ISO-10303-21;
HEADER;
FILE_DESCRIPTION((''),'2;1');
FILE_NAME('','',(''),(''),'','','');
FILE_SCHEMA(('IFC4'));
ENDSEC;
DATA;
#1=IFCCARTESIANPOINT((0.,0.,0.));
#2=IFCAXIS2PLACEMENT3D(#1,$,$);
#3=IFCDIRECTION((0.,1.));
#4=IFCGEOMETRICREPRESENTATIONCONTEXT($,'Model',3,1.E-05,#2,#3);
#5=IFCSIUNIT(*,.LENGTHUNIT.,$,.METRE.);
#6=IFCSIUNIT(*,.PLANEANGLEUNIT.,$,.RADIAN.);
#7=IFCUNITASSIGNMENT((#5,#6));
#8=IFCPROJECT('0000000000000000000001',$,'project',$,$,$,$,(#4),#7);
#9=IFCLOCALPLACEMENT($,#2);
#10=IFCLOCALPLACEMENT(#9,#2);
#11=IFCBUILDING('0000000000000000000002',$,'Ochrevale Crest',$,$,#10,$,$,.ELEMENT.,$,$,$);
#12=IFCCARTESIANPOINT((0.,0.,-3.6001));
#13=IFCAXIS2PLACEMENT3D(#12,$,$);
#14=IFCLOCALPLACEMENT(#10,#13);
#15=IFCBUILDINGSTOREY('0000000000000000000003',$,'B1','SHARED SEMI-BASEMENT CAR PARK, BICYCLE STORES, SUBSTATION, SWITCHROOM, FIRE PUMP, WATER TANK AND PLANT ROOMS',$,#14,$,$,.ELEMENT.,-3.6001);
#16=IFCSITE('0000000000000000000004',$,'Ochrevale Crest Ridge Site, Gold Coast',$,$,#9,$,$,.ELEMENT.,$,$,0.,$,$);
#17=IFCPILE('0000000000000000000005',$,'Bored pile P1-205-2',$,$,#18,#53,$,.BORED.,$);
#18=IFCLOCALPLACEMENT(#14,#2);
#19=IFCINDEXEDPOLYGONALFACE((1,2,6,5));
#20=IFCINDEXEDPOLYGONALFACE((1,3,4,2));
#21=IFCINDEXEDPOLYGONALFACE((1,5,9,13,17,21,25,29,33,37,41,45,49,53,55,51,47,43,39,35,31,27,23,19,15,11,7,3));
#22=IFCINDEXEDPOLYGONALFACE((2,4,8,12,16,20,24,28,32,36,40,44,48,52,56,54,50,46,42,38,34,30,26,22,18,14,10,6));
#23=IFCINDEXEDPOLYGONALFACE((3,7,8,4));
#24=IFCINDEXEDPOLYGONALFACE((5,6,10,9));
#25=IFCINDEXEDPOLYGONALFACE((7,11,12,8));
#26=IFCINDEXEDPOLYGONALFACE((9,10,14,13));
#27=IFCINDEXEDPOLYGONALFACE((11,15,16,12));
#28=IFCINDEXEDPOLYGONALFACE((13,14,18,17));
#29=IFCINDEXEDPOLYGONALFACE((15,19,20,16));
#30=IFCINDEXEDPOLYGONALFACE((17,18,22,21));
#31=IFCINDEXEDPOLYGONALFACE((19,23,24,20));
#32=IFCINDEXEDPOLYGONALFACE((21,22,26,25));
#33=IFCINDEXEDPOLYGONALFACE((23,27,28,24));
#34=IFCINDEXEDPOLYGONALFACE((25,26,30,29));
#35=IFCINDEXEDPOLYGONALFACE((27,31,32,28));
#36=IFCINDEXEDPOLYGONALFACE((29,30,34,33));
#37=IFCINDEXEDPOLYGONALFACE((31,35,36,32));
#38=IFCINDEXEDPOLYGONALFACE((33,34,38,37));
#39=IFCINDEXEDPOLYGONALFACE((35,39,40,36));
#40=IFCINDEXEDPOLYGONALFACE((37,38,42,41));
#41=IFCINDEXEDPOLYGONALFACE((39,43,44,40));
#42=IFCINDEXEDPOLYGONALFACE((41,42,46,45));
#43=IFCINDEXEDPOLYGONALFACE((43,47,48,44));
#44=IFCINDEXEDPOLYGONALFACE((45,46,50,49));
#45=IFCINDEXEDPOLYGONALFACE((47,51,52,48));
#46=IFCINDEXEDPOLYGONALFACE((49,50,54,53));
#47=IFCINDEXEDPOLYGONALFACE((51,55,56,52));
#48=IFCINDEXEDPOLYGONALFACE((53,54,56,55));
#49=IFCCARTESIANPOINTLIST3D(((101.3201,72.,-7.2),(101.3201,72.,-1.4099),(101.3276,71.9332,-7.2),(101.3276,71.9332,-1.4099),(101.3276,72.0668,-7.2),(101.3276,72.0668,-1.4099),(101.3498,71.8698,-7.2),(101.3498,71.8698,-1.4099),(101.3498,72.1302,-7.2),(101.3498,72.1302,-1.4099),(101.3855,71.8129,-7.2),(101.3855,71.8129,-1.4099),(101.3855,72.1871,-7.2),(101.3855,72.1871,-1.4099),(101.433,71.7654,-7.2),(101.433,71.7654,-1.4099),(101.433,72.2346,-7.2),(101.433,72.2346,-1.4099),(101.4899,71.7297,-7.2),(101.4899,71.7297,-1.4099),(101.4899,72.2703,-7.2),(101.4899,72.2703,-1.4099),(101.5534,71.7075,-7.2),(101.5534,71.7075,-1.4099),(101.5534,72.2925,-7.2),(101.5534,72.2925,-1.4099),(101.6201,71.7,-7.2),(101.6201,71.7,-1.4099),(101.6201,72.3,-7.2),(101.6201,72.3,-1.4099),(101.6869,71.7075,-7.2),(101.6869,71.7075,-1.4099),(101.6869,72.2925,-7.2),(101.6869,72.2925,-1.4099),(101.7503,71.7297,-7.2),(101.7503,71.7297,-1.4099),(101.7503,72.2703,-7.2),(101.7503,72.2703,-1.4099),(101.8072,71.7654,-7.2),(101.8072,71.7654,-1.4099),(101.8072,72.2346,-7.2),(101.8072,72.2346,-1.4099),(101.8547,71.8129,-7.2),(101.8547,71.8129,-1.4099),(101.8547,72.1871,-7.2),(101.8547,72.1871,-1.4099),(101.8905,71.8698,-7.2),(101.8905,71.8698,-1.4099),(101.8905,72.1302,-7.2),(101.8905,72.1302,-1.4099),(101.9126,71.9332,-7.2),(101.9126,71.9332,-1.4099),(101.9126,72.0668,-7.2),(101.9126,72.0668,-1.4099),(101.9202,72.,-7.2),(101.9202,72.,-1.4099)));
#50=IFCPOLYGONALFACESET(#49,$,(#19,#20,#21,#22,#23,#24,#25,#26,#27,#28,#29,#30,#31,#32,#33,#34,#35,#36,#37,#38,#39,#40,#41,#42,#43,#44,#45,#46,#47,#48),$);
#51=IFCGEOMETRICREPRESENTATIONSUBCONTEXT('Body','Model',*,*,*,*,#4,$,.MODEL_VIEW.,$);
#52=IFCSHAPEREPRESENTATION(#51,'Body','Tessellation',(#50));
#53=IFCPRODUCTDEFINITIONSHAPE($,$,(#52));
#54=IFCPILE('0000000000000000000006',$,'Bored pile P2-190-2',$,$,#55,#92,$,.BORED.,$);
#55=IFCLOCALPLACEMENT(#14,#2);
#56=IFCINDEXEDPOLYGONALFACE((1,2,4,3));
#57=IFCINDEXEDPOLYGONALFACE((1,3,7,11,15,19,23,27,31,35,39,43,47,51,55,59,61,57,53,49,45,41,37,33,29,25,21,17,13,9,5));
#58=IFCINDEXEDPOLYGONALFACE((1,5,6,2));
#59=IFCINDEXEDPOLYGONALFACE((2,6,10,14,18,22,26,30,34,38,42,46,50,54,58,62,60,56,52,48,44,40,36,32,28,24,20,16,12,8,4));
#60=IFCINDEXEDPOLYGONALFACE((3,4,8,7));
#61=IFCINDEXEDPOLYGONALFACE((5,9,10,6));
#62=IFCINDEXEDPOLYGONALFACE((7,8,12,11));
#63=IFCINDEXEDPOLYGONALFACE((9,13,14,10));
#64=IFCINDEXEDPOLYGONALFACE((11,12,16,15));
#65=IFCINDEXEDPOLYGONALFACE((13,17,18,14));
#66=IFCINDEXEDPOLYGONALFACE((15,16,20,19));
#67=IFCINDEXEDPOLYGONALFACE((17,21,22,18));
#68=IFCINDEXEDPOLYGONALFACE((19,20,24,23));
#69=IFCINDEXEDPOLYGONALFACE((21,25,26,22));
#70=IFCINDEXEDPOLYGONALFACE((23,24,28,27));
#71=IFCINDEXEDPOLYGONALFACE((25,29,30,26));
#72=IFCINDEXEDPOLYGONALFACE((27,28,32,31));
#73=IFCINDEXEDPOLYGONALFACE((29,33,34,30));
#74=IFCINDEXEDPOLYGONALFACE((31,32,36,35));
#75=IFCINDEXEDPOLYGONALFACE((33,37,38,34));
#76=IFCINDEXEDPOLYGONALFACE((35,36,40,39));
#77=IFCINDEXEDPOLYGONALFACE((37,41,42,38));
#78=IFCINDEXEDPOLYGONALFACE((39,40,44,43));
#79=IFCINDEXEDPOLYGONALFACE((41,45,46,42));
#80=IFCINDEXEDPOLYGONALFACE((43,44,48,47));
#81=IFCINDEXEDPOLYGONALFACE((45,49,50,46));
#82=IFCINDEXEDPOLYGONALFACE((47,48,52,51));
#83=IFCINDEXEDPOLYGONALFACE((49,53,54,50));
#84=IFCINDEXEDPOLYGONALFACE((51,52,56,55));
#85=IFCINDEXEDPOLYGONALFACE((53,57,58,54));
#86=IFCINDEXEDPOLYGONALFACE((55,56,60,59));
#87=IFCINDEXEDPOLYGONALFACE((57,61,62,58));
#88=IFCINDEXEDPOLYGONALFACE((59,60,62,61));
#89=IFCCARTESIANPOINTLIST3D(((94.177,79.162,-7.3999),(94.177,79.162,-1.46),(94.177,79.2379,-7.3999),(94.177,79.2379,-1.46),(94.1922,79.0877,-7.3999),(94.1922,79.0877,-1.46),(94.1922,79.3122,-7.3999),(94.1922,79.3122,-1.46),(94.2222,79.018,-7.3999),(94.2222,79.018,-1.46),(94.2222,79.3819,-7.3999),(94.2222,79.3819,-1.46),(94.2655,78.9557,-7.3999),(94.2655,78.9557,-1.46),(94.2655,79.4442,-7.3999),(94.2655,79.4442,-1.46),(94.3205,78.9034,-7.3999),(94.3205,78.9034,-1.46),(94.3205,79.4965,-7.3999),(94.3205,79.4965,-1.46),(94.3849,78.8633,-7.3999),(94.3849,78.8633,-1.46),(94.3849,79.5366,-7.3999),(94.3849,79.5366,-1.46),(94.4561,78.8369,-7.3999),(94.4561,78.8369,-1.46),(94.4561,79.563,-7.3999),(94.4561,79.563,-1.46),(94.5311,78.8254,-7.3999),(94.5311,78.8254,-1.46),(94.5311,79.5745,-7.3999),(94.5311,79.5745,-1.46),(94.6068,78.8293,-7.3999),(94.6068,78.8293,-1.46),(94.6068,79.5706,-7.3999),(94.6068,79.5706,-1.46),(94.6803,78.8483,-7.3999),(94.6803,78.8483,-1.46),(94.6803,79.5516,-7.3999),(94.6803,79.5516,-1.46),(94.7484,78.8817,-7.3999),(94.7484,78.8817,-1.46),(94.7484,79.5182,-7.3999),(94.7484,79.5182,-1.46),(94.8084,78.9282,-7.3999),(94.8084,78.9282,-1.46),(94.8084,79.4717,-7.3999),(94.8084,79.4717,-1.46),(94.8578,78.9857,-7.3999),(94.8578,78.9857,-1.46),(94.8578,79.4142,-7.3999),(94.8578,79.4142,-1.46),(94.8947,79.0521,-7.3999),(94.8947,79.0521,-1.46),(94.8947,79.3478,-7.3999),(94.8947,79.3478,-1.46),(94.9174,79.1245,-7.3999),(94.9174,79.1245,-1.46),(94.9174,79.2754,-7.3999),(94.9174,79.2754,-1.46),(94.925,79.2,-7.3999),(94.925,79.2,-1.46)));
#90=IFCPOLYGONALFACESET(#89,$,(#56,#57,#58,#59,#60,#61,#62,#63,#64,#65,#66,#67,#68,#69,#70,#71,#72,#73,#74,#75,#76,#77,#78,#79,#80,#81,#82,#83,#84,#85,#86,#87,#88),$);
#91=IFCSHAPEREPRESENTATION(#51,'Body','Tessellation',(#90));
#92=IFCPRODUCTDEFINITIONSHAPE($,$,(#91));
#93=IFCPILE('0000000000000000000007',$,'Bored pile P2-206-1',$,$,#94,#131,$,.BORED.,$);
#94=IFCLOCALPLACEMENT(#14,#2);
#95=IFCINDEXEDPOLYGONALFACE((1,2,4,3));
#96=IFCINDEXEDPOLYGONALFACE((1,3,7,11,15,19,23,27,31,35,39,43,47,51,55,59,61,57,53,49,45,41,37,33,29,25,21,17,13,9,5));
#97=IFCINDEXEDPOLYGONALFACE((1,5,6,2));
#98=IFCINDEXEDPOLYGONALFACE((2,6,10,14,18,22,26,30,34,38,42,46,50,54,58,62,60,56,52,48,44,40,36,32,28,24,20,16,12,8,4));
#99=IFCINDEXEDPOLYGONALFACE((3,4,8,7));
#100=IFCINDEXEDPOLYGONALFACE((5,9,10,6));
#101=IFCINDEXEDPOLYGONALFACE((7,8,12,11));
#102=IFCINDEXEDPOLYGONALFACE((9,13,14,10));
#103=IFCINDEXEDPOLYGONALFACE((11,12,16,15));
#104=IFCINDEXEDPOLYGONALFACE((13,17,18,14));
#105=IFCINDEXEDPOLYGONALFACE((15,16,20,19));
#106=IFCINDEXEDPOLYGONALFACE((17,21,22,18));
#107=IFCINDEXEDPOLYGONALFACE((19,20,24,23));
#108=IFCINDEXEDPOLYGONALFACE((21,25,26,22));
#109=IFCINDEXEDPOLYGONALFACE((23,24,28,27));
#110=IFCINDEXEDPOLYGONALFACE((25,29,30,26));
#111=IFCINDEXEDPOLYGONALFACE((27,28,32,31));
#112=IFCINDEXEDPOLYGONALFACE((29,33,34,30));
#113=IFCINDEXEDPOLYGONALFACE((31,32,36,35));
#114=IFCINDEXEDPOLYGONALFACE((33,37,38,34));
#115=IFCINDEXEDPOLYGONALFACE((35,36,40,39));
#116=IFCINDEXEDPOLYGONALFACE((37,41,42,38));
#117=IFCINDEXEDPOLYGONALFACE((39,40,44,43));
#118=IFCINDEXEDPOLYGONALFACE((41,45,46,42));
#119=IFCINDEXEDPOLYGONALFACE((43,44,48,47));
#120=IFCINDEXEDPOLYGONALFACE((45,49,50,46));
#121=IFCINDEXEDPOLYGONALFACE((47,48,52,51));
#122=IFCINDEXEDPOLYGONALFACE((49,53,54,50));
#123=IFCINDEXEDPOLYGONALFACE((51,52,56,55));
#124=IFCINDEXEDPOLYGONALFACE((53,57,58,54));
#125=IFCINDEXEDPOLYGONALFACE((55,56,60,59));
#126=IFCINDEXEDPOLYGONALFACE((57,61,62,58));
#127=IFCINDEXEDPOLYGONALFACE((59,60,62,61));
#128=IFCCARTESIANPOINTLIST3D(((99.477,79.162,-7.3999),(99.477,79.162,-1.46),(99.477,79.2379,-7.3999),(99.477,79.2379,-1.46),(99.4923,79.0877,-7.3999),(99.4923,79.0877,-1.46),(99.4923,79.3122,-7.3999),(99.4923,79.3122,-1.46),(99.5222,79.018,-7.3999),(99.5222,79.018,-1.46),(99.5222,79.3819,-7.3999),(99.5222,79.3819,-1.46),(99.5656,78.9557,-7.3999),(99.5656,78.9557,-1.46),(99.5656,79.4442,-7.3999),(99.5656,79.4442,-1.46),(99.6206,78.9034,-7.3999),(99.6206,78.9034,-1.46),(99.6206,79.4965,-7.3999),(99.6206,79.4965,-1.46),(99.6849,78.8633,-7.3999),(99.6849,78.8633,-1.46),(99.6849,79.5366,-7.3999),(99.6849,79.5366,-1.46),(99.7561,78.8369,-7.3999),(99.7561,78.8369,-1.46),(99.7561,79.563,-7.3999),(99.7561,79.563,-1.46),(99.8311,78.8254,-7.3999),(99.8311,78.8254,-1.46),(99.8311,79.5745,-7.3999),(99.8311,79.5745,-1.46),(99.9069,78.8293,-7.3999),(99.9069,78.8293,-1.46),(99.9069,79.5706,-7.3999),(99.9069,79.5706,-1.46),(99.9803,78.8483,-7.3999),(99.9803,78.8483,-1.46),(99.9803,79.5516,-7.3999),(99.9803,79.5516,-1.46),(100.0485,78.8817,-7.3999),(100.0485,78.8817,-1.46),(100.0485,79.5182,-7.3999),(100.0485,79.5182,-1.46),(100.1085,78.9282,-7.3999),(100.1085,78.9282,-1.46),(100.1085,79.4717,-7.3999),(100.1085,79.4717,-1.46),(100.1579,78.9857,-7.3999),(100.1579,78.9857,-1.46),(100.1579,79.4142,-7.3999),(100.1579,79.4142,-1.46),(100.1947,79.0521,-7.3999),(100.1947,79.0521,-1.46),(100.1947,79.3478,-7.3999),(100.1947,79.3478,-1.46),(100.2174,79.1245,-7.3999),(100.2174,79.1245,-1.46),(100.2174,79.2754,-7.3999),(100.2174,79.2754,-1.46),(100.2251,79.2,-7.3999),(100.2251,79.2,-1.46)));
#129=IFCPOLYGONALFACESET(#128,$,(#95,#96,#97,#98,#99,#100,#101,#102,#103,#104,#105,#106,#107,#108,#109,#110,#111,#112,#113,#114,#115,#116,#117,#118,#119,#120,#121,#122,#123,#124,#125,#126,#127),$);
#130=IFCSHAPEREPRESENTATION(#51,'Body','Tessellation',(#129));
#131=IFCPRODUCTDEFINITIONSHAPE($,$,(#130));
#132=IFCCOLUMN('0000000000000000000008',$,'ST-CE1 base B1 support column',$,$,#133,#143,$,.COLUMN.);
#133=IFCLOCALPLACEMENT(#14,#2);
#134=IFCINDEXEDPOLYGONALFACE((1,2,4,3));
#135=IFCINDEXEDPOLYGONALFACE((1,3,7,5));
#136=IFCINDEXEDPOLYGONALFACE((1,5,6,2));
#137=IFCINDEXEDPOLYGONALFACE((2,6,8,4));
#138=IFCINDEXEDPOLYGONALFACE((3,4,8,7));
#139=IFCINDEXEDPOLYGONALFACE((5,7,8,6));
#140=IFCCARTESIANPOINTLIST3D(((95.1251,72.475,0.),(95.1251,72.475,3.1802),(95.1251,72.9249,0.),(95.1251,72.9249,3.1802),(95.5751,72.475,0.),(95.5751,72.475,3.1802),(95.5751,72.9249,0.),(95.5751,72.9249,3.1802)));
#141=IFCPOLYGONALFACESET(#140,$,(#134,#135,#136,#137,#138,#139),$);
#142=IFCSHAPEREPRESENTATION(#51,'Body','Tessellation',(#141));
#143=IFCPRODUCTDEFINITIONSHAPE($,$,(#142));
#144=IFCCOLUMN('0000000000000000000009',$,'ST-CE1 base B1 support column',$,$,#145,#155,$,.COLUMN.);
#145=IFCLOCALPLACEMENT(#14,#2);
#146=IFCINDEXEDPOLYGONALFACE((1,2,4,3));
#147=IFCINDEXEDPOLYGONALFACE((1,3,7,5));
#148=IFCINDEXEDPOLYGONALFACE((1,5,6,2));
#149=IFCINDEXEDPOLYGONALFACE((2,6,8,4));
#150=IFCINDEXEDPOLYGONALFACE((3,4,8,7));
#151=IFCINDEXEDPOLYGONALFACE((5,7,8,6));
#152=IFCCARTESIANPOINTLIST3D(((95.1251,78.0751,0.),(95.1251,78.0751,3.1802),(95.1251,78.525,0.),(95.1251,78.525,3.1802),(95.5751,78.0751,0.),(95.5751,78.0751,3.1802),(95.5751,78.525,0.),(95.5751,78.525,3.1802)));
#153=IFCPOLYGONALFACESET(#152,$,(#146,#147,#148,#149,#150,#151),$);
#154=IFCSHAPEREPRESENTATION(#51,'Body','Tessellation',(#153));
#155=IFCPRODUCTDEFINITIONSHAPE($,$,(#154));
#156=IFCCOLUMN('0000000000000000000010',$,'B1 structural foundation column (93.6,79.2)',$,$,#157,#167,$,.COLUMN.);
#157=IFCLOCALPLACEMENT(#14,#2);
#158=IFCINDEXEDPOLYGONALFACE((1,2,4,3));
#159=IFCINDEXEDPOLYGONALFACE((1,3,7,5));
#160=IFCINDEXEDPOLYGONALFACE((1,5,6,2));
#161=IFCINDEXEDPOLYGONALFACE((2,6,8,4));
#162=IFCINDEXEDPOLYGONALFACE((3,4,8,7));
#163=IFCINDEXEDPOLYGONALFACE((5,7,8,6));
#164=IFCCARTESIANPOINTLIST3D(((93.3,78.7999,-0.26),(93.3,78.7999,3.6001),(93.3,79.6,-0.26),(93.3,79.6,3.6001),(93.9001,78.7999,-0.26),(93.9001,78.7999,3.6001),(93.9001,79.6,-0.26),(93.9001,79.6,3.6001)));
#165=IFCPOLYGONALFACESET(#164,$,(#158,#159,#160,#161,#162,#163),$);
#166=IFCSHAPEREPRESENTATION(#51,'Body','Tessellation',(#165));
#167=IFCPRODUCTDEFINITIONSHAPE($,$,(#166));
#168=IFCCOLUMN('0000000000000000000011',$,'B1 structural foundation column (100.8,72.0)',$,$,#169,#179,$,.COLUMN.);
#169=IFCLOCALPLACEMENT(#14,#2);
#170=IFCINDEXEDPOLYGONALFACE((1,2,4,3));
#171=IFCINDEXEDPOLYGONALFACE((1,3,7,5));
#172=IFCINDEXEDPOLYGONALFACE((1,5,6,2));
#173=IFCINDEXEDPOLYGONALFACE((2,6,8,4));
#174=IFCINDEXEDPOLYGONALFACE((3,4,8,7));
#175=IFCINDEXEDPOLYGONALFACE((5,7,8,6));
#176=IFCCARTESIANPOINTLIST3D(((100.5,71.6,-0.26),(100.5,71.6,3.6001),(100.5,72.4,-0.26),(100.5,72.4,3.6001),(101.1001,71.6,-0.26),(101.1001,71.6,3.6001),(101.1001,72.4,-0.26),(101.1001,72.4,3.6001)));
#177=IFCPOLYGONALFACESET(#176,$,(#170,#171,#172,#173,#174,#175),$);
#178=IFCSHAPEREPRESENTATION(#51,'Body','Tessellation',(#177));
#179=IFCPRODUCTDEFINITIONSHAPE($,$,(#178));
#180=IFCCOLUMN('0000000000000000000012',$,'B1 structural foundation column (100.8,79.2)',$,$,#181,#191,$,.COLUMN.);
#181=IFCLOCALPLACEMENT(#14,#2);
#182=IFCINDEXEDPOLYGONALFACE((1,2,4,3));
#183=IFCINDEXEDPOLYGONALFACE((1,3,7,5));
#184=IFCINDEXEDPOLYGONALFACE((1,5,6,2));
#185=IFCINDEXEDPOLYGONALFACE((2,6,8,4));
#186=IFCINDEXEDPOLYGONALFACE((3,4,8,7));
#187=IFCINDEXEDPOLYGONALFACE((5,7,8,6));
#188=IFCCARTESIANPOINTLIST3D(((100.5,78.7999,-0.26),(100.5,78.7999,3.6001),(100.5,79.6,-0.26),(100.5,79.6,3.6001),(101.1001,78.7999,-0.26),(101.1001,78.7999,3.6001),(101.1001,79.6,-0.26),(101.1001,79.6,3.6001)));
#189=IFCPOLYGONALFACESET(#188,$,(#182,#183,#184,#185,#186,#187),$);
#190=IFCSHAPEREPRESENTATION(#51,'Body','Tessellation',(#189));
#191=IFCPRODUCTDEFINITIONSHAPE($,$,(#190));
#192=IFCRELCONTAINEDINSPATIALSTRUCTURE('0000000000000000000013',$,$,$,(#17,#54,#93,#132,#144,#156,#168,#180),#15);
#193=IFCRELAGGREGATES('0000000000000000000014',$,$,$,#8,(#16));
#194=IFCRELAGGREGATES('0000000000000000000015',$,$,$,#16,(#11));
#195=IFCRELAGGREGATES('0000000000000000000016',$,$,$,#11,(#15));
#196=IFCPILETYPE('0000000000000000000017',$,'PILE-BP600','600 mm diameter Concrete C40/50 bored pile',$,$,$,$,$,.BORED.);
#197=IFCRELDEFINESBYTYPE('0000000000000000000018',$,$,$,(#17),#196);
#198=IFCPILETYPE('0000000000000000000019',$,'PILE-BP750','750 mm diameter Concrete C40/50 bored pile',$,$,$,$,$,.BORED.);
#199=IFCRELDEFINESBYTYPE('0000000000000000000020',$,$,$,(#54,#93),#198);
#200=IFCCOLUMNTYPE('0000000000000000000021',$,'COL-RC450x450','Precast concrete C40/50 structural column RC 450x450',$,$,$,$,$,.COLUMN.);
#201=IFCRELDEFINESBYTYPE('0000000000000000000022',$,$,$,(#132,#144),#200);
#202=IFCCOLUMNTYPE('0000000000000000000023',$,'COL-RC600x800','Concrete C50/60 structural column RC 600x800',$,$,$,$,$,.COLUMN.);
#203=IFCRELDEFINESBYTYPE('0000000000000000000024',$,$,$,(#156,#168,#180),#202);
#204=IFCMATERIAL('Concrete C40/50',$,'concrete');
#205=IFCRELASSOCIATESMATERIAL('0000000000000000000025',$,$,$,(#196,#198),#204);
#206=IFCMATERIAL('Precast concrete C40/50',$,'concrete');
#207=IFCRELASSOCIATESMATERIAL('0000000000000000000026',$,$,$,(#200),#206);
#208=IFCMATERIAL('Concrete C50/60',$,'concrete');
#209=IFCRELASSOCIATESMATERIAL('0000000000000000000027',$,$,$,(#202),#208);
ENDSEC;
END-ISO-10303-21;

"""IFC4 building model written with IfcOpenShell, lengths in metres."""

from ifc_helpers import new_model, si_unit, direction, frame, origin, origin_2d, place, context, subcontext, project, spatial, rectangle, circle, extrude, material, material_profile, profile_set, type_object, element, save


model = new_model("IFC4")

# Units and contexts
model_context = context("Model", 3, precision=1e-05, world=origin(), true_north=direction((0.0, 1.0)))
body_context = subcontext(model_context, "Body", "Model", "MODEL_VIEW")
ifc_project = project(units=[si_unit("LENGTHUNIT", "METRE"), si_unit("PLANEANGLEUNIT", "RADIAN")], contexts=[model_context])

# Site, building, storey
site_placement = place(None, origin())
site = spatial("IfcSite", under=ifc_project, at=site_placement, Name="Ochrevale Crest Ridge Site, Gold Coast", CompositionType="ELEMENT", RefElevation=0.0)
building_placement = place(site_placement, origin())
building = spatial("IfcBuilding", under=site, at=building_placement, Name="Ochrevale Crest", CompositionType="ELEMENT")
storey_placement = place(building_placement, frame((0.0, 0.0, -3.6001)))
storey = spatial("IfcBuildingStorey", under=building, at=storey_placement, Name="B1", Description="SHARED SEMI-BASEMENT CAR PARK, BICYCLE STORES, SUBSTATION, SWITCHROOM, FIRE PUMP, WATER TANK AND PLANT ROOMS", CompositionType="ELEMENT", Elevation=-3.6001)

# Shared definitions
ifc_material_1 = material(Name="Concrete C40/50", Category="concrete")

# Piles
ifc_material_profile_1 = material_profile(ifc_material_1, circle(Radius=0.3, at=origin_2d()), Name="BORED PILE 600")
ifc_profile_set_1 = profile_set([ifc_material_profile_1], Name="Concrete C40/50")
pile_type_1 = type_object("IfcPileType", Name="PILE-BP600", Description="600 mm diameter Concrete C40/50 bored pile", PredefinedType="BORED", material=ifc_profile_set_1)
for number, where, z_axis, x_axis, name in (
    (1, (101.6201, 72.0, -1.4099), (0.0, 0.0, -1.0), (1.0, 0.0, 0.0), "Bored pile P1-205-2"),
):
    element("IfcPile", number, at=place(storey_placement, frame(where, z_axis=z_axis, x_axis=x_axis)), inside=storey, type_object=pile_type_1, Name=name, PredefinedType="BORED", context=body_context, shape_type="SweptSolid", body=[
        extrude(circle(Radius=0.3, at=origin_2d()), origin(), (0.0, 0.0, 1.0), 5.79),
    ])
ifc_material_profile_2 = material_profile(ifc_material_1, circle(Radius=0.375, at=origin_2d()), Name="BORED PILE 750")
ifc_profile_set_2 = profile_set([ifc_material_profile_2], Name="Concrete C40/50")
pile_type_2 = type_object("IfcPileType", Name="PILE-BP750", Description="750 mm diameter Concrete C40/50 bored pile", PredefinedType="BORED", material=ifc_profile_set_2)
for number, where, z_axis, x_axis, name in (
    (2, (94.55, 79.2, -1.46), (0.0, 0.0, -1.0), (1.0, 0.0, 0.0), "Bored pile P2-190-2"),
    (3, (99.8501, 79.2, -1.46), (0.0, 0.0, -1.0), (1.0, 0.0, 0.0), "Bored pile P2-206-1"),
):
    element("IfcPile", number, at=place(storey_placement, frame(where, z_axis=z_axis, x_axis=x_axis)), inside=storey, type_object=pile_type_2, Name=name, PredefinedType="BORED", context=body_context, shape_type="SweptSolid", body=[
        extrude(circle(Radius=0.375, at=origin_2d()), origin(), (0.0, 0.0, 1.0), 5.9399),
    ])

# Columns
ifc_material_2 = material(Name="Precast concrete C40/50", Category="concrete")
ifc_material_profile_3 = material_profile(ifc_material_2, rectangle(XDim=0.45, YDim=0.45, at=origin_2d()), Name="RC 450x450")
ifc_profile_set_3 = profile_set([ifc_material_profile_3], Name="Precast concrete C40/50")
column_type_1 = type_object("IfcColumnType", Name="COL-RC450x450", Description="Precast concrete C40/50 structural column RC 450x450", PredefinedType="COLUMN", material=ifc_profile_set_3)
for number, where, z_axis, x_axis, name in (
    (4, (95.3501, 72.7, 0.0), (0.0, 0.0, 1.0), (1.0, 0.0, 0.0), "ST-CE1 base B1 support column"),
    (5, (95.3501, 78.3, 0.0), (0.0, 0.0, 1.0), (1.0, 0.0, 0.0), "ST-CE1 base B1 support column"),
):
    element("IfcColumn", number, at=place(storey_placement, frame(where, z_axis=z_axis, x_axis=x_axis)), inside=storey, type_object=column_type_1, Name=name, PredefinedType="COLUMN", context=body_context, shape_type="SweptSolid", body=[
        extrude(rectangle(XDim=0.45, YDim=0.45, at=origin_2d()), origin(), (0.0, 0.0, 1.0), 3.1802),
    ])
ifc_material_3 = material(Name="Concrete C50/60", Category="concrete")
ifc_material_profile_4 = material_profile(ifc_material_3, rectangle(XDim=0.6001, YDim=0.8, at=origin_2d()), Name="RC 600x800")
ifc_profile_set_4 = profile_set([ifc_material_profile_4], Name="Concrete C50/60")
column_type_2 = type_object("IfcColumnType", Name="COL-RC600x800", Description="Concrete C50/60 structural column RC 600x800", PredefinedType="COLUMN", material=ifc_profile_set_4)
for number, where, z_axis, x_axis, name in (
    (6, (93.6001, 79.2, -0.26), (0.0, 0.0, 1.0), (1.0, 0.0, 0.0), "B1 structural foundation column (93.6,79.2)"),
    (7, (100.8, 72.0, -0.26), (0.0, 0.0, 1.0), (1.0, 0.0, 0.0), "B1 structural foundation column (100.8,72.0)"),
    (8, (100.8, 79.2, -0.26), (0.0, 0.0, 1.0), (1.0, 0.0, 0.0), "B1 structural foundation column (100.8,79.2)"),
):
    element("IfcColumn", number, at=place(storey_placement, frame(where, z_axis=z_axis, x_axis=x_axis)), inside=storey, type_object=column_type_2, Name=name, PredefinedType="COLUMN", context=body_context, shape_type="SweptSolid", body=[
        extrude(rectangle(XDim=0.6001, YDim=0.8, at=origin_2d()), origin(), (0.0, 0.0, 1.0), 3.8601),
    ])

save(model, "model.ifc")
